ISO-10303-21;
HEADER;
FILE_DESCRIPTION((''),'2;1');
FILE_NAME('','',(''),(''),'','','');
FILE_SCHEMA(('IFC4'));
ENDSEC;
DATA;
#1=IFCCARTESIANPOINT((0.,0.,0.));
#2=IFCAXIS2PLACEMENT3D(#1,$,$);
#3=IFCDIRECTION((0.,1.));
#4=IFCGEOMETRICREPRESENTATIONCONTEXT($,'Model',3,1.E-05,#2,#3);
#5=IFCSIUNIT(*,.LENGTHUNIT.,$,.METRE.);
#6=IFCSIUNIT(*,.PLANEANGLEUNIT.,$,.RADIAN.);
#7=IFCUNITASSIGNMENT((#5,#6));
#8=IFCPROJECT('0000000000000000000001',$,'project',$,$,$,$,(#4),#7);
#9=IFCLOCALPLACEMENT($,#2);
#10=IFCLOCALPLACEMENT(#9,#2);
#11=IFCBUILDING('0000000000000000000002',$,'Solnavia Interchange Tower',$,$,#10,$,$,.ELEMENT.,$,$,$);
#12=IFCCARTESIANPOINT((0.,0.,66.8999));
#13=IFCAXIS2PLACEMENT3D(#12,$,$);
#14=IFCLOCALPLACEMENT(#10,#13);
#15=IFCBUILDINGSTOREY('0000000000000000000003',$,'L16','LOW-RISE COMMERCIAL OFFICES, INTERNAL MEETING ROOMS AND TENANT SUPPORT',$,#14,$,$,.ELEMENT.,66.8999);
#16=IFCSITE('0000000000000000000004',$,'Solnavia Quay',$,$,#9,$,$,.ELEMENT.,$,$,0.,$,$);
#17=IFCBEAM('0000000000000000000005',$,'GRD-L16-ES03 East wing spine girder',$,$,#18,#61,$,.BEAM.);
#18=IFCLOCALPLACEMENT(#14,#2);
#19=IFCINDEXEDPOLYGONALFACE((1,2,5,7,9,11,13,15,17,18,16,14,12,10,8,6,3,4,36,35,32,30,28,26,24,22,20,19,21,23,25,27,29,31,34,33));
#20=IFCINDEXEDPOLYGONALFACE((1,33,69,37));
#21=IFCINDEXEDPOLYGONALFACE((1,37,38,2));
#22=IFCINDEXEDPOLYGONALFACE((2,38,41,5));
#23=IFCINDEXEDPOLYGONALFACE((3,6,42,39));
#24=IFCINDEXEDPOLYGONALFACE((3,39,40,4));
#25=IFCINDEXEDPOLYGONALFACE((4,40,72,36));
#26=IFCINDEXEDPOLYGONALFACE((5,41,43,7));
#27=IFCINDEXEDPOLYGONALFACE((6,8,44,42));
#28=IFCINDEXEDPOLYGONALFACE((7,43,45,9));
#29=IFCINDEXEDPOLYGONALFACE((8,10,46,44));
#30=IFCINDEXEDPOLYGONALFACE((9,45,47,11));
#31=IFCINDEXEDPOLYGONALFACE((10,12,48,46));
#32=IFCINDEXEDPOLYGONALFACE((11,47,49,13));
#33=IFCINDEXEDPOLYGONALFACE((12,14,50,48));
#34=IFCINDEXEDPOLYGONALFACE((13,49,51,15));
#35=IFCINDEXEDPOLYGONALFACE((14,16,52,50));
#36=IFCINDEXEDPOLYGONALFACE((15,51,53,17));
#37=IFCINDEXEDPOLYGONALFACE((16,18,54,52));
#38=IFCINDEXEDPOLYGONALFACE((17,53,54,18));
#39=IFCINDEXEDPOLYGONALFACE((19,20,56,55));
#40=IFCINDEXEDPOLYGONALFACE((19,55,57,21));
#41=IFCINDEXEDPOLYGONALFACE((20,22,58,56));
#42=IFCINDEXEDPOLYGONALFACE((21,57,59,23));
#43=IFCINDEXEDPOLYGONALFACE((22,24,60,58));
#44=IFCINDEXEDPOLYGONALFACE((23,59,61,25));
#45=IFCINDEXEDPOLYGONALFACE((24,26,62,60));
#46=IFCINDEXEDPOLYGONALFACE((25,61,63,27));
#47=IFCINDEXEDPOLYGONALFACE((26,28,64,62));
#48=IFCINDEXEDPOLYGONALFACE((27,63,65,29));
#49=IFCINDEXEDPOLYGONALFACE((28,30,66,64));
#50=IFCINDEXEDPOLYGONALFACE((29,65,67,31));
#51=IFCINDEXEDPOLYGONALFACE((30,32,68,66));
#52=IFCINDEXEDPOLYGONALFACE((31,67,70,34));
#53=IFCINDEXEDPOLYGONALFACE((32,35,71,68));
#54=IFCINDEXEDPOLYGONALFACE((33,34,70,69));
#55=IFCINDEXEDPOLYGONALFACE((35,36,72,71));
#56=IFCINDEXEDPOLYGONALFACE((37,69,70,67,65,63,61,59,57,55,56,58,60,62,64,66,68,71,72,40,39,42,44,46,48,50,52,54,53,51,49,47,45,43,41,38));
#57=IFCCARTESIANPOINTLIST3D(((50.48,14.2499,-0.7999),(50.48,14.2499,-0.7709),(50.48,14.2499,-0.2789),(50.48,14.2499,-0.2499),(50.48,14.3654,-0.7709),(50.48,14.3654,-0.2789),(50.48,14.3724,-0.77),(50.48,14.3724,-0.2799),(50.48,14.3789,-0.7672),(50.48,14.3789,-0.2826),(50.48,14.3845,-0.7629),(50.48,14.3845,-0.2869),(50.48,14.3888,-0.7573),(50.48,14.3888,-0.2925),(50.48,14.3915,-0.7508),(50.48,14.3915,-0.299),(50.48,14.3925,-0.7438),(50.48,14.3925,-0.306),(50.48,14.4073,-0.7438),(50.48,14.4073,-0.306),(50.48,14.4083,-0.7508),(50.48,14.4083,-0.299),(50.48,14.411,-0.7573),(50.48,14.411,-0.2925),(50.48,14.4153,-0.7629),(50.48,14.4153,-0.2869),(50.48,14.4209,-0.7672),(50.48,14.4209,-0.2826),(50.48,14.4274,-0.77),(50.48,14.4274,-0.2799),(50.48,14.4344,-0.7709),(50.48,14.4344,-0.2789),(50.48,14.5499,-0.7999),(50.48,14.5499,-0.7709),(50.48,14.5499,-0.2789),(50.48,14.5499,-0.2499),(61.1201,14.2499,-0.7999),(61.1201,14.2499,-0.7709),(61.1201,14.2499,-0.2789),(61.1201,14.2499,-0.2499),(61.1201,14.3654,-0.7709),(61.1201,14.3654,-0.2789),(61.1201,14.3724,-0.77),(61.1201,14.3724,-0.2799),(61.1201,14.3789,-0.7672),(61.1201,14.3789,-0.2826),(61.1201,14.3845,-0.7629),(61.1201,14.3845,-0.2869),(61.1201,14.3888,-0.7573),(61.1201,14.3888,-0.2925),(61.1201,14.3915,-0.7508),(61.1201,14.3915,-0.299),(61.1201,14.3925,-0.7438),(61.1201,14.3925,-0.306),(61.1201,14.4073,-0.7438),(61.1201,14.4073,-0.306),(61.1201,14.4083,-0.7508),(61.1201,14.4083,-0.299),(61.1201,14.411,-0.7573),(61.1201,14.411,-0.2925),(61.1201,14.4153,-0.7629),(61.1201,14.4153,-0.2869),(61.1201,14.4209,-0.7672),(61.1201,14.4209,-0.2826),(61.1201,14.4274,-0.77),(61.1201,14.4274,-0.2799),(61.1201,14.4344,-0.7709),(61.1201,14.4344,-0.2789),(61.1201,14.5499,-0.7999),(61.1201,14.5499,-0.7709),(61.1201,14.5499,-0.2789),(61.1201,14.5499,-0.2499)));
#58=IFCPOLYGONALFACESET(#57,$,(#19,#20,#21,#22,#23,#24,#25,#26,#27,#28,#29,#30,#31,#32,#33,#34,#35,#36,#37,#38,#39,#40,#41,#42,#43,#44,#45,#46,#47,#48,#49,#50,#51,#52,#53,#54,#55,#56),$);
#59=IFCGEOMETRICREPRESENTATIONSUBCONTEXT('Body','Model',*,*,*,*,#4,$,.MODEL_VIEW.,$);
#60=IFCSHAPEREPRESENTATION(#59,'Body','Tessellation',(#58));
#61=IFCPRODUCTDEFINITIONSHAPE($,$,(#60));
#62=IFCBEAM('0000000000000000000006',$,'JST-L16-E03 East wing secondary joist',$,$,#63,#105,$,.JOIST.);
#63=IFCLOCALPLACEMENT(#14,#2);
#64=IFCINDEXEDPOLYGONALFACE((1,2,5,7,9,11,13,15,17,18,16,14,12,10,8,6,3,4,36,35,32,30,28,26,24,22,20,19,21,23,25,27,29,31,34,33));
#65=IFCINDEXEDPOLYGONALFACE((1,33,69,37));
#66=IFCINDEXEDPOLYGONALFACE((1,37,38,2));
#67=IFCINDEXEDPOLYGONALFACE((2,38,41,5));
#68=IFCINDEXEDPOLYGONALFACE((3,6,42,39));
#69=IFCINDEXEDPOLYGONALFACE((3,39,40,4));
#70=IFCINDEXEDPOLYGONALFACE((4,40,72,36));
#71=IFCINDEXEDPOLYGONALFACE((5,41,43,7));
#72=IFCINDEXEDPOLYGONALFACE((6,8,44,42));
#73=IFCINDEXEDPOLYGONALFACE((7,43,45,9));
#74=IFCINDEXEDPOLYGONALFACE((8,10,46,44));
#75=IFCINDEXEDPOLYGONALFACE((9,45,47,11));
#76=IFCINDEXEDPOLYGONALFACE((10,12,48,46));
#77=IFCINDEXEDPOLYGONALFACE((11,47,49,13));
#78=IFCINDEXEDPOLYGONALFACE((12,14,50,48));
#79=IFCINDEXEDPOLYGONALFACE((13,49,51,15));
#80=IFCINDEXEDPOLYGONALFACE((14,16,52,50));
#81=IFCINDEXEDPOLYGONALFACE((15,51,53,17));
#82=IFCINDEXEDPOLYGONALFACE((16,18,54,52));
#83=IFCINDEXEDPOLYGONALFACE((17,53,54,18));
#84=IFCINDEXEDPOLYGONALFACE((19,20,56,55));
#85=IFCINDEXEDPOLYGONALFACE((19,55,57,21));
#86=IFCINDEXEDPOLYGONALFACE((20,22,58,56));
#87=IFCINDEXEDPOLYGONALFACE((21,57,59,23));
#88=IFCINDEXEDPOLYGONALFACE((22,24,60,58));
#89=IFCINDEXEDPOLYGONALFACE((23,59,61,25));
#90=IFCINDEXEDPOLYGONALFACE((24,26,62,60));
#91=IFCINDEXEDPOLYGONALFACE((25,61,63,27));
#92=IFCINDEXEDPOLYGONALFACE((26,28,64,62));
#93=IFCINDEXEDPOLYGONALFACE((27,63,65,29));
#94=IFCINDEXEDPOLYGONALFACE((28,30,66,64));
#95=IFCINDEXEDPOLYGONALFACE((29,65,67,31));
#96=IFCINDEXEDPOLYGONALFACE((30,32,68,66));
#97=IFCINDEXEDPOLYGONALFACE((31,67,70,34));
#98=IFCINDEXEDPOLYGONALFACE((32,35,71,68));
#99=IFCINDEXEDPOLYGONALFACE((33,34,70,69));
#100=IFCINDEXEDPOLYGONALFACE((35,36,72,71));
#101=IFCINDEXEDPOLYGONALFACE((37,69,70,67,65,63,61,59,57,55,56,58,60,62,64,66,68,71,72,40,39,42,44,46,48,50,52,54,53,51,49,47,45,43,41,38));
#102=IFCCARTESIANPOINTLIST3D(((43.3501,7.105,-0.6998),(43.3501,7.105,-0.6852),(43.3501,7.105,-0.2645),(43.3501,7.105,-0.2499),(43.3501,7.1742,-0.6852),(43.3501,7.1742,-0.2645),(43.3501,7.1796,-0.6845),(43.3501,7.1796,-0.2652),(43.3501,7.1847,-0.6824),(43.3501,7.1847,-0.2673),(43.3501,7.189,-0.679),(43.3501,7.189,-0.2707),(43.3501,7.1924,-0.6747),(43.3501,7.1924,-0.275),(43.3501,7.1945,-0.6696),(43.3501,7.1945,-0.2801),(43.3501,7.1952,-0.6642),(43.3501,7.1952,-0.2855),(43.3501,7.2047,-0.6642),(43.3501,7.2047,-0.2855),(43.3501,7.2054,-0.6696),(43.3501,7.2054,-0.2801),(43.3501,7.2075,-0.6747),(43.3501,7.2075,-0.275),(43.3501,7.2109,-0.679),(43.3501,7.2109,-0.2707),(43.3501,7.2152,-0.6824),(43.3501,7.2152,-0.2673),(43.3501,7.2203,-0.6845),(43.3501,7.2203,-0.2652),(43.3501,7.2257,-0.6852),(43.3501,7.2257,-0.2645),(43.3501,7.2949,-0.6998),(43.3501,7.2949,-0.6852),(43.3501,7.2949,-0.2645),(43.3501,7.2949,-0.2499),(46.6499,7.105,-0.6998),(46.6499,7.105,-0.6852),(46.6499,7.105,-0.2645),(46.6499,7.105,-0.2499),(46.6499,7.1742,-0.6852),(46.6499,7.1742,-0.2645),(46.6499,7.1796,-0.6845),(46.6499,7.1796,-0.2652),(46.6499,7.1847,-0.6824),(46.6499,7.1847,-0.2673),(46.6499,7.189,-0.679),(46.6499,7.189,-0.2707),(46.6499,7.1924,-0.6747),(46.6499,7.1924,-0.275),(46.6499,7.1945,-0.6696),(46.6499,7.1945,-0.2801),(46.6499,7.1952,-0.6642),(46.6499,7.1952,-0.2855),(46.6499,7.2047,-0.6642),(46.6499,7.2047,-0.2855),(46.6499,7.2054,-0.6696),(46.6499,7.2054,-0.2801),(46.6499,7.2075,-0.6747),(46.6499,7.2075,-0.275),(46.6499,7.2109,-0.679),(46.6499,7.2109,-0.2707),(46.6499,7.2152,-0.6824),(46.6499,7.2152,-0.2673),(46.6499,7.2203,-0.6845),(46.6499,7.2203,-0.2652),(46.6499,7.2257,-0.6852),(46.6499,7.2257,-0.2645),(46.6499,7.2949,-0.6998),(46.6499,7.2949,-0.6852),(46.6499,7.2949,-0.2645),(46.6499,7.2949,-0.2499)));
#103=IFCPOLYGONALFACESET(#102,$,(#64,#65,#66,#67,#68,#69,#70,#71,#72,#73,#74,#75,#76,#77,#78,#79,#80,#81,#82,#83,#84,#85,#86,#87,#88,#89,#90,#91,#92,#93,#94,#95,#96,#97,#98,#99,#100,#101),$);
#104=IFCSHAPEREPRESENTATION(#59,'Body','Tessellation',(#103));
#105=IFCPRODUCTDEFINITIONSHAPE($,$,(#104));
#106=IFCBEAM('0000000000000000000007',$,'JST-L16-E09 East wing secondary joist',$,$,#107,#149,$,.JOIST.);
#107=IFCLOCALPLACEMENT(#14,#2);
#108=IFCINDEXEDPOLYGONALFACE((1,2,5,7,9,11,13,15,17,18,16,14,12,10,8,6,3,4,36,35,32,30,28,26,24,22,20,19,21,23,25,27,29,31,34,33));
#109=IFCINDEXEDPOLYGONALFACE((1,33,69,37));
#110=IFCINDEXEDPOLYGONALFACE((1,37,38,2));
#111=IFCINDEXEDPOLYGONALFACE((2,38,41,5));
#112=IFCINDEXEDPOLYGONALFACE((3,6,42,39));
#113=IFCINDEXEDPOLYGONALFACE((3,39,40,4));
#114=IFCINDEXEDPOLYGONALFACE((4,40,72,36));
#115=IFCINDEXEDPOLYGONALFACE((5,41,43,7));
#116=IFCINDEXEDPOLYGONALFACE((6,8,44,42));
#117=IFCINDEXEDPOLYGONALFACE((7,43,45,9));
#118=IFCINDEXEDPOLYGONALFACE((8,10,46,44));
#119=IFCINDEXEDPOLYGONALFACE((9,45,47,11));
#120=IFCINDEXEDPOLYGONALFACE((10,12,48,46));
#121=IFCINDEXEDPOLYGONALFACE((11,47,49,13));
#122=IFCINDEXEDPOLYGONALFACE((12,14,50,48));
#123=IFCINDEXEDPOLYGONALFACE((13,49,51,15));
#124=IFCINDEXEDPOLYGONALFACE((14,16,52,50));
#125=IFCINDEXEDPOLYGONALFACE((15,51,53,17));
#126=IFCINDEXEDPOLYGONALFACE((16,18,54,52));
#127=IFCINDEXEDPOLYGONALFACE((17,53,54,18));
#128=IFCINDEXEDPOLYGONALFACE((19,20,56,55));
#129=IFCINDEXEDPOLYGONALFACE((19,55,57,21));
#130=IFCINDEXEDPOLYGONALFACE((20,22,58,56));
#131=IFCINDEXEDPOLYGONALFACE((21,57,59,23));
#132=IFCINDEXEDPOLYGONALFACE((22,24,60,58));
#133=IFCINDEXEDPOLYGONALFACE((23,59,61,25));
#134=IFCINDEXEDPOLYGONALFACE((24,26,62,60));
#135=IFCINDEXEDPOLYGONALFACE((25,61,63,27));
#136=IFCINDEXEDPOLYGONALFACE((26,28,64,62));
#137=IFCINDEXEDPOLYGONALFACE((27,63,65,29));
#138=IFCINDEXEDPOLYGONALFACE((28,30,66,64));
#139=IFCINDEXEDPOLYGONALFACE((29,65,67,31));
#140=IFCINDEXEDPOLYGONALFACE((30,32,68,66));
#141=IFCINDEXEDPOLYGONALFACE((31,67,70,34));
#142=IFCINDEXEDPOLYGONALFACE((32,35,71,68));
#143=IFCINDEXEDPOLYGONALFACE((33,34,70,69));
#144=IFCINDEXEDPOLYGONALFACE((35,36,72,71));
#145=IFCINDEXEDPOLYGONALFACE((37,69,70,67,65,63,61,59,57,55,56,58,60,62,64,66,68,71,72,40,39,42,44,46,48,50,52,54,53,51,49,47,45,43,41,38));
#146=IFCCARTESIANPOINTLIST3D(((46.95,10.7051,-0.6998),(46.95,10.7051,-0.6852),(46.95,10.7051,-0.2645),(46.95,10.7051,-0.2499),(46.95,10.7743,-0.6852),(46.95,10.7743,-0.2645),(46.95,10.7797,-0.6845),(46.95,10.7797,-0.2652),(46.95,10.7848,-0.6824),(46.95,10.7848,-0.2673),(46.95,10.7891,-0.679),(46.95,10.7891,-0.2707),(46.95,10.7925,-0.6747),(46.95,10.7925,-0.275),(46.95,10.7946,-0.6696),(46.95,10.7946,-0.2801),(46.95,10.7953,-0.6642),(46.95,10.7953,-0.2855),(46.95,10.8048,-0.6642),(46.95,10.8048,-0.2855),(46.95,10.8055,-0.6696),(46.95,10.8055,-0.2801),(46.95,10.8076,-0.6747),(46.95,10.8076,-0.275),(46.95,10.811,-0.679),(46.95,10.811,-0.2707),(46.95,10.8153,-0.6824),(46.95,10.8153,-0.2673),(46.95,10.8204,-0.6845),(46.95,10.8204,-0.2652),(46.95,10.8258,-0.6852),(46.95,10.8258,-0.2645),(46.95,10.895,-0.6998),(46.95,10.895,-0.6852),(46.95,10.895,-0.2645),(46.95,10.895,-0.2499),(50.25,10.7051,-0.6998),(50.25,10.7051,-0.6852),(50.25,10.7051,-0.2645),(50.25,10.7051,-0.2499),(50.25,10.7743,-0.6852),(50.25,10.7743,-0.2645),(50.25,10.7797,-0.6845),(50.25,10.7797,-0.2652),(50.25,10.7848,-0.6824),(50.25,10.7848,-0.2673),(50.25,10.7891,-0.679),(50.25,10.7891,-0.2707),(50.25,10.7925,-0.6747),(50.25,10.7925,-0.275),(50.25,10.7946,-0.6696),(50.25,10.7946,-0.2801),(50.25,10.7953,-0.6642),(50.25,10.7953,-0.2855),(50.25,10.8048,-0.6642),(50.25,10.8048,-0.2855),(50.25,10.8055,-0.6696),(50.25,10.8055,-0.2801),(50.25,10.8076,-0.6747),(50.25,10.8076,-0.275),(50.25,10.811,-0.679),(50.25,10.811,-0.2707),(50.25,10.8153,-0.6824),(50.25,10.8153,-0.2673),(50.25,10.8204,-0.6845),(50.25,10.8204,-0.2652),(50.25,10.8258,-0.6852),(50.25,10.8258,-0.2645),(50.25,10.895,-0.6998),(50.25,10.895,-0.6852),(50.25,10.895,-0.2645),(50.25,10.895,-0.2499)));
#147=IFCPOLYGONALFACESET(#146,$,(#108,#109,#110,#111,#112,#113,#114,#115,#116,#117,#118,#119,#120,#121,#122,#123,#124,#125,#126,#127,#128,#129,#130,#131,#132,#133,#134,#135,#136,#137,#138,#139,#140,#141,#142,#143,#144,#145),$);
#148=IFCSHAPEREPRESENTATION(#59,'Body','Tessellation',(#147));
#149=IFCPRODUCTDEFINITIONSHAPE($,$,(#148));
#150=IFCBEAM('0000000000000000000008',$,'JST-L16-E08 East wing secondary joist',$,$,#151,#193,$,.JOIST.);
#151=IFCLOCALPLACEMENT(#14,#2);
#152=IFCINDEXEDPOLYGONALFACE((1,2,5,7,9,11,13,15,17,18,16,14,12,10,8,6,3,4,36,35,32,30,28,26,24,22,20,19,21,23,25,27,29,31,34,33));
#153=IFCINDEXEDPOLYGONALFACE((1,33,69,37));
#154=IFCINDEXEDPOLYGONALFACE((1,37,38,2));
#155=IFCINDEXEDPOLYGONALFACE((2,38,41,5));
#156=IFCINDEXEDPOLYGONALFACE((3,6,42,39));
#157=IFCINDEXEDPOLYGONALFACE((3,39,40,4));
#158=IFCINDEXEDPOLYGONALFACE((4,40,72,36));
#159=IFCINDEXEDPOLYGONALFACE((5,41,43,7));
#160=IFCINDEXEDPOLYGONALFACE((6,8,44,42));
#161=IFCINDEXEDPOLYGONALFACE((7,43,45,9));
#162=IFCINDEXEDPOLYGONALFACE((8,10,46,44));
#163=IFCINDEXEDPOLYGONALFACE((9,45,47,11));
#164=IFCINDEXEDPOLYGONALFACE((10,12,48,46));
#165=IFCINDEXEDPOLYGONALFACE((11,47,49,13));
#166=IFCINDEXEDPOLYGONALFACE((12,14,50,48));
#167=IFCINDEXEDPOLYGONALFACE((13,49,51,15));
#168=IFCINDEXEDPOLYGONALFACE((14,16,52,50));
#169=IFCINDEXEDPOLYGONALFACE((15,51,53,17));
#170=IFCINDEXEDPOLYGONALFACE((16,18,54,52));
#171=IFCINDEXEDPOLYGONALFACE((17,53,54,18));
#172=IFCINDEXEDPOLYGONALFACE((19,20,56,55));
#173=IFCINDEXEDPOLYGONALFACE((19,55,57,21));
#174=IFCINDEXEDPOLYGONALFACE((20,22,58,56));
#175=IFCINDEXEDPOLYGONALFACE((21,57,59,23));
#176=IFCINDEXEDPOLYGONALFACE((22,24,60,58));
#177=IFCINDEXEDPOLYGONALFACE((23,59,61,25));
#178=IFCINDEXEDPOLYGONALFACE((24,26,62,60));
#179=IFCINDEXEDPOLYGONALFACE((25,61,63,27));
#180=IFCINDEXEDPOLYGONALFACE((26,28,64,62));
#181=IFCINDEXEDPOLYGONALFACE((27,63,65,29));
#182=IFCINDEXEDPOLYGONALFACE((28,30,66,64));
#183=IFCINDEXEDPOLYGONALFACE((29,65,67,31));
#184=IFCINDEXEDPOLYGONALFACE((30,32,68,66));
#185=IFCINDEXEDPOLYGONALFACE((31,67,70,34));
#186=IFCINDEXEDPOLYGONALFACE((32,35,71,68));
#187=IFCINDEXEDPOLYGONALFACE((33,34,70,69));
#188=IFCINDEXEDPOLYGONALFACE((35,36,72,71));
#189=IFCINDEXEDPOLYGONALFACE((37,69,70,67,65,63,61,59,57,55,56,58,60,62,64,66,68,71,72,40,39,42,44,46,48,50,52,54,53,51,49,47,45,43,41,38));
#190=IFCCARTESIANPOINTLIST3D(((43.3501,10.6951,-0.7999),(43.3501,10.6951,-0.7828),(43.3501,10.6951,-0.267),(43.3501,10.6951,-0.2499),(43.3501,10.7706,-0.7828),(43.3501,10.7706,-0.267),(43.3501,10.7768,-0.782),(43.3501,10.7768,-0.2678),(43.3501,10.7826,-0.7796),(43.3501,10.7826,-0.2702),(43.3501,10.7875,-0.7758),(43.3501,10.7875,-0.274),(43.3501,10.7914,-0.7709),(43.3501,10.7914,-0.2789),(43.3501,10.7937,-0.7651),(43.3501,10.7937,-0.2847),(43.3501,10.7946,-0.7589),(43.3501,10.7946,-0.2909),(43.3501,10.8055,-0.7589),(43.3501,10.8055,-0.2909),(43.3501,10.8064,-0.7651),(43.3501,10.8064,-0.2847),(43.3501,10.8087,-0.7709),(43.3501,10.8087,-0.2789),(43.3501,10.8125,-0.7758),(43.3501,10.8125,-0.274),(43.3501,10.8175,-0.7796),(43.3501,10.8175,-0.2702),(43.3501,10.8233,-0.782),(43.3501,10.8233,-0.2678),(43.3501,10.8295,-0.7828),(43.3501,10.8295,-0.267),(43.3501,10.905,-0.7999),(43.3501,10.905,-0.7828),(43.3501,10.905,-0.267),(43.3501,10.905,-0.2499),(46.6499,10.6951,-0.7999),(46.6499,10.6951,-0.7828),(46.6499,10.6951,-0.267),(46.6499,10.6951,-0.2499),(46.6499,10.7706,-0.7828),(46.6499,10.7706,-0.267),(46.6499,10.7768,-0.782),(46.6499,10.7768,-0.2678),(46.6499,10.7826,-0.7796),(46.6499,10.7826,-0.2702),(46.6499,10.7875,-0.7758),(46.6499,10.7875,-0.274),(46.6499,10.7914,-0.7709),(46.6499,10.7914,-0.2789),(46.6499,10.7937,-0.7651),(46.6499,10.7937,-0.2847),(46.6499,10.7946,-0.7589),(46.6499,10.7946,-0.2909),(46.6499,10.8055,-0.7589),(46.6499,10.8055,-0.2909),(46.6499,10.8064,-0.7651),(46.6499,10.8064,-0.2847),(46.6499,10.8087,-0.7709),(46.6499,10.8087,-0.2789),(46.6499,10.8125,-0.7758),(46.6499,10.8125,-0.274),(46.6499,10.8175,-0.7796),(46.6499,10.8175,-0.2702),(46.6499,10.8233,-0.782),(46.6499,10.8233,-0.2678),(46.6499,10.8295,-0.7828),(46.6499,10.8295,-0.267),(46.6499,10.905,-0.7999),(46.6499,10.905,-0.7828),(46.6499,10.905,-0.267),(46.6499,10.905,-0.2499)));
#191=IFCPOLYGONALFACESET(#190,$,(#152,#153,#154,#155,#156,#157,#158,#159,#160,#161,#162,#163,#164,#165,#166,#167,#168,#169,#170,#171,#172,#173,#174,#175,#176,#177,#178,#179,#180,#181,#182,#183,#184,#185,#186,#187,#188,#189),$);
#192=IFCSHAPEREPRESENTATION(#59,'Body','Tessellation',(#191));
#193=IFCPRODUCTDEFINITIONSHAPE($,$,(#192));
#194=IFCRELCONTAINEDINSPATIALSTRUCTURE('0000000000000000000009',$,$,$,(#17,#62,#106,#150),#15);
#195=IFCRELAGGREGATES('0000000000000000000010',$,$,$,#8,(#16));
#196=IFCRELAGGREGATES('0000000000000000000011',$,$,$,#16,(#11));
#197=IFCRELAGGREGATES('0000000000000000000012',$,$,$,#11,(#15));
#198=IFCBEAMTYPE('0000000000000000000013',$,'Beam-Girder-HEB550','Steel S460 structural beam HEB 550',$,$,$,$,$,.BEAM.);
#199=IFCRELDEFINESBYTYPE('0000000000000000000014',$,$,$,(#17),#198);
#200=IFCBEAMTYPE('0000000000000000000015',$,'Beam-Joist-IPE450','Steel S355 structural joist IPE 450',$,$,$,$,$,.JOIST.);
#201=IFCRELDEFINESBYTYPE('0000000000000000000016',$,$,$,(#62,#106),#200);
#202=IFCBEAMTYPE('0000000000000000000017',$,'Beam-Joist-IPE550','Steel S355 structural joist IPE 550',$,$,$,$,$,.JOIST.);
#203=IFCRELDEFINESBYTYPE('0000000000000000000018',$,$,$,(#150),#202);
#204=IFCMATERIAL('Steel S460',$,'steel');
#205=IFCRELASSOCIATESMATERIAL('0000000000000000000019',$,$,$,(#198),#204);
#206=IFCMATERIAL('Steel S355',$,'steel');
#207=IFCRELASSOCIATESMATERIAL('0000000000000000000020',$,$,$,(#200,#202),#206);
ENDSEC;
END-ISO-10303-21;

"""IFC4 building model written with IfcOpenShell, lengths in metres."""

from ifc_helpers import new_model, si_unit, direction, frame, origin, origin_2d, place, context, subcontext, project, spatial, i_section, extrude, material, material_profile, profile_set, type_object, element, save


model = new_model("IFC4")

# Units and contexts
model_context = context("Model", 3, precision=1e-05, world=origin(), true_north=direction((0.0, 1.0)))
body_context = subcontext(model_context, "Body", "Model", "MODEL_VIEW")
ifc_project = project(units=[si_unit("LENGTHUNIT", "METRE"), si_unit("PLANEANGLEUNIT", "RADIAN")], contexts=[model_context])

# Site, building, storey
site_placement = place(None, origin())
site = spatial("IfcSite", under=ifc_project, at=site_placement, Name="Solnavia Quay", CompositionType="ELEMENT", RefElevation=0.0)
building_placement = place(site_placement, origin())
building = spatial("IfcBuilding", under=site, at=building_placement, Name="Solnavia Interchange Tower", CompositionType="ELEMENT")
storey_placement = place(building_placement, frame((0.0, 0.0, 66.8999)))
storey = spatial("IfcBuildingStorey", under=building, at=storey_placement, Name="L16", Description="LOW-RISE COMMERCIAL OFFICES, INTERNAL MEETING ROOMS AND TENANT SUPPORT", CompositionType="ELEMENT", Elevation=66.8999)

# Shared definitions
ifc_material_1 = material(Name="Steel S355", Category="steel")

# Beams
ifc_material_2 = material(Name="Steel S460", Category="steel")
ifc_material_profile_1 = material_profile(ifc_material_2, i_section(OverallWidth=0.3, OverallDepth=0.55, WebThickness=0.0149, FlangeThickness=0.0291, FilletRadius=0.0271, at=origin_2d()), Name="HEB 550")
ifc_profile_set_1 = profile_set([ifc_material_profile_1], Name="Steel S460")
beam_type_1 = type_object("IfcBeamType", Name="Beam-Girder-HEB550", Description="Steel S460 structural beam HEB 550", PredefinedType="BEAM", material=ifc_profile_set_1)
beam_1_placement = place(storey_placement, frame((50.48, 14.3999, -0.5249), z_axis=(1.0, 0.0, 0.0), x_axis=(0.0, 1.0, 0.0)))
element("IfcBeam", 1, at=beam_1_placement, inside=storey, type_object=beam_type_1, Name="GRD-L16-ES03 East wing spine girder", PredefinedType="BEAM", context=body_context, shape_type="SweptSolid", body=[
    extrude(i_section(OverallWidth=0.3, OverallDepth=0.55, WebThickness=0.0149, FlangeThickness=0.0291, FilletRadius=0.0271, at=origin_2d()), origin(), (0.0, 0.0, 1.0), 10.6401),
])
ifc_material_profile_2 = material_profile(ifc_material_1, i_section(OverallWidth=0.1899, OverallDepth=0.45, WebThickness=0.0095, FlangeThickness=0.0146, FilletRadius=0.021, at=origin_2d()), Name="IPE 450")
ifc_profile_set_2 = profile_set([ifc_material_profile_2], Name="Steel S355")
beam_type_2 = type_object("IfcBeamType", Name="Beam-Joist-IPE450", Description="Steel S355 structural joist IPE 450", PredefinedType="JOIST", material=ifc_profile_set_2)
beam_2_placement = place(storey_placement, frame((43.3501, 7.2, -0.4749), z_axis=(1.0, 0.0, 0.0), x_axis=(0.0, 1.0, 0.0)))
element("IfcBeam", 2, at=beam_2_placement, inside=storey, type_object=beam_type_2, Name="JST-L16-E03 East wing secondary joist", PredefinedType="JOIST", context=body_context, shape_type="SweptSolid", body=[
    extrude(i_section(OverallWidth=0.1899, OverallDepth=0.45, WebThickness=0.0095, FlangeThickness=0.0146, FilletRadius=0.021, at=origin_2d()), origin(), (0.0, 0.0, 1.0), 3.2998),
])
beam_3_placement = place(storey_placement, frame((46.95, 10.8, -0.4749), z_axis=(1.0, 0.0, 0.0), x_axis=(0.0, 1.0, 0.0)))
element("IfcBeam", 3, at=beam_3_placement, inside=storey, type_object=beam_type_2, Name="JST-L16-E09 East wing secondary joist", PredefinedType="JOIST", context=body_context, shape_type="SweptSolid", body=[
    extrude(i_section(OverallWidth=0.1899, OverallDepth=0.45, WebThickness=0.0095, FlangeThickness=0.0146, FilletRadius=0.021, at=origin_2d()), origin(), (0.0, 0.0, 1.0), 3.3),
])
ifc_material_profile_3 = material_profile(ifc_material_1, i_section(OverallWidth=0.21, OverallDepth=0.55, WebThickness=0.011, FlangeThickness=0.0171, FilletRadius=0.0239, at=origin_2d()), Name="IPE 550")
ifc_profile_set_3 = profile_set([ifc_material_profile_3], Name="Steel S355")
beam_type_3 = type_object("IfcBeamType", Name="Beam-Joist-IPE550", Description="Steel S355 structural joist IPE 550", PredefinedType="JOIST", material=ifc_profile_set_3)
beam_4_placement = place(storey_placement, frame((43.3501, 10.8, -0.5249), z_axis=(1.0, 0.0, 0.0), x_axis=(0.0, 1.0, 0.0)))
element("IfcBeam", 4, at=beam_4_placement, inside=storey, type_object=beam_type_3, Name="JST-L16-E08 East wing secondary joist", PredefinedType="JOIST", context=body_context, shape_type="SweptSolid", body=[
    extrude(i_section(OverallWidth=0.21, OverallDepth=0.55, WebThickness=0.011, FlangeThickness=0.0171, FilletRadius=0.0239, at=origin_2d()), origin(), (0.0, 0.0, 1.0), 3.2998),
])

save(model, "model.ifc")
